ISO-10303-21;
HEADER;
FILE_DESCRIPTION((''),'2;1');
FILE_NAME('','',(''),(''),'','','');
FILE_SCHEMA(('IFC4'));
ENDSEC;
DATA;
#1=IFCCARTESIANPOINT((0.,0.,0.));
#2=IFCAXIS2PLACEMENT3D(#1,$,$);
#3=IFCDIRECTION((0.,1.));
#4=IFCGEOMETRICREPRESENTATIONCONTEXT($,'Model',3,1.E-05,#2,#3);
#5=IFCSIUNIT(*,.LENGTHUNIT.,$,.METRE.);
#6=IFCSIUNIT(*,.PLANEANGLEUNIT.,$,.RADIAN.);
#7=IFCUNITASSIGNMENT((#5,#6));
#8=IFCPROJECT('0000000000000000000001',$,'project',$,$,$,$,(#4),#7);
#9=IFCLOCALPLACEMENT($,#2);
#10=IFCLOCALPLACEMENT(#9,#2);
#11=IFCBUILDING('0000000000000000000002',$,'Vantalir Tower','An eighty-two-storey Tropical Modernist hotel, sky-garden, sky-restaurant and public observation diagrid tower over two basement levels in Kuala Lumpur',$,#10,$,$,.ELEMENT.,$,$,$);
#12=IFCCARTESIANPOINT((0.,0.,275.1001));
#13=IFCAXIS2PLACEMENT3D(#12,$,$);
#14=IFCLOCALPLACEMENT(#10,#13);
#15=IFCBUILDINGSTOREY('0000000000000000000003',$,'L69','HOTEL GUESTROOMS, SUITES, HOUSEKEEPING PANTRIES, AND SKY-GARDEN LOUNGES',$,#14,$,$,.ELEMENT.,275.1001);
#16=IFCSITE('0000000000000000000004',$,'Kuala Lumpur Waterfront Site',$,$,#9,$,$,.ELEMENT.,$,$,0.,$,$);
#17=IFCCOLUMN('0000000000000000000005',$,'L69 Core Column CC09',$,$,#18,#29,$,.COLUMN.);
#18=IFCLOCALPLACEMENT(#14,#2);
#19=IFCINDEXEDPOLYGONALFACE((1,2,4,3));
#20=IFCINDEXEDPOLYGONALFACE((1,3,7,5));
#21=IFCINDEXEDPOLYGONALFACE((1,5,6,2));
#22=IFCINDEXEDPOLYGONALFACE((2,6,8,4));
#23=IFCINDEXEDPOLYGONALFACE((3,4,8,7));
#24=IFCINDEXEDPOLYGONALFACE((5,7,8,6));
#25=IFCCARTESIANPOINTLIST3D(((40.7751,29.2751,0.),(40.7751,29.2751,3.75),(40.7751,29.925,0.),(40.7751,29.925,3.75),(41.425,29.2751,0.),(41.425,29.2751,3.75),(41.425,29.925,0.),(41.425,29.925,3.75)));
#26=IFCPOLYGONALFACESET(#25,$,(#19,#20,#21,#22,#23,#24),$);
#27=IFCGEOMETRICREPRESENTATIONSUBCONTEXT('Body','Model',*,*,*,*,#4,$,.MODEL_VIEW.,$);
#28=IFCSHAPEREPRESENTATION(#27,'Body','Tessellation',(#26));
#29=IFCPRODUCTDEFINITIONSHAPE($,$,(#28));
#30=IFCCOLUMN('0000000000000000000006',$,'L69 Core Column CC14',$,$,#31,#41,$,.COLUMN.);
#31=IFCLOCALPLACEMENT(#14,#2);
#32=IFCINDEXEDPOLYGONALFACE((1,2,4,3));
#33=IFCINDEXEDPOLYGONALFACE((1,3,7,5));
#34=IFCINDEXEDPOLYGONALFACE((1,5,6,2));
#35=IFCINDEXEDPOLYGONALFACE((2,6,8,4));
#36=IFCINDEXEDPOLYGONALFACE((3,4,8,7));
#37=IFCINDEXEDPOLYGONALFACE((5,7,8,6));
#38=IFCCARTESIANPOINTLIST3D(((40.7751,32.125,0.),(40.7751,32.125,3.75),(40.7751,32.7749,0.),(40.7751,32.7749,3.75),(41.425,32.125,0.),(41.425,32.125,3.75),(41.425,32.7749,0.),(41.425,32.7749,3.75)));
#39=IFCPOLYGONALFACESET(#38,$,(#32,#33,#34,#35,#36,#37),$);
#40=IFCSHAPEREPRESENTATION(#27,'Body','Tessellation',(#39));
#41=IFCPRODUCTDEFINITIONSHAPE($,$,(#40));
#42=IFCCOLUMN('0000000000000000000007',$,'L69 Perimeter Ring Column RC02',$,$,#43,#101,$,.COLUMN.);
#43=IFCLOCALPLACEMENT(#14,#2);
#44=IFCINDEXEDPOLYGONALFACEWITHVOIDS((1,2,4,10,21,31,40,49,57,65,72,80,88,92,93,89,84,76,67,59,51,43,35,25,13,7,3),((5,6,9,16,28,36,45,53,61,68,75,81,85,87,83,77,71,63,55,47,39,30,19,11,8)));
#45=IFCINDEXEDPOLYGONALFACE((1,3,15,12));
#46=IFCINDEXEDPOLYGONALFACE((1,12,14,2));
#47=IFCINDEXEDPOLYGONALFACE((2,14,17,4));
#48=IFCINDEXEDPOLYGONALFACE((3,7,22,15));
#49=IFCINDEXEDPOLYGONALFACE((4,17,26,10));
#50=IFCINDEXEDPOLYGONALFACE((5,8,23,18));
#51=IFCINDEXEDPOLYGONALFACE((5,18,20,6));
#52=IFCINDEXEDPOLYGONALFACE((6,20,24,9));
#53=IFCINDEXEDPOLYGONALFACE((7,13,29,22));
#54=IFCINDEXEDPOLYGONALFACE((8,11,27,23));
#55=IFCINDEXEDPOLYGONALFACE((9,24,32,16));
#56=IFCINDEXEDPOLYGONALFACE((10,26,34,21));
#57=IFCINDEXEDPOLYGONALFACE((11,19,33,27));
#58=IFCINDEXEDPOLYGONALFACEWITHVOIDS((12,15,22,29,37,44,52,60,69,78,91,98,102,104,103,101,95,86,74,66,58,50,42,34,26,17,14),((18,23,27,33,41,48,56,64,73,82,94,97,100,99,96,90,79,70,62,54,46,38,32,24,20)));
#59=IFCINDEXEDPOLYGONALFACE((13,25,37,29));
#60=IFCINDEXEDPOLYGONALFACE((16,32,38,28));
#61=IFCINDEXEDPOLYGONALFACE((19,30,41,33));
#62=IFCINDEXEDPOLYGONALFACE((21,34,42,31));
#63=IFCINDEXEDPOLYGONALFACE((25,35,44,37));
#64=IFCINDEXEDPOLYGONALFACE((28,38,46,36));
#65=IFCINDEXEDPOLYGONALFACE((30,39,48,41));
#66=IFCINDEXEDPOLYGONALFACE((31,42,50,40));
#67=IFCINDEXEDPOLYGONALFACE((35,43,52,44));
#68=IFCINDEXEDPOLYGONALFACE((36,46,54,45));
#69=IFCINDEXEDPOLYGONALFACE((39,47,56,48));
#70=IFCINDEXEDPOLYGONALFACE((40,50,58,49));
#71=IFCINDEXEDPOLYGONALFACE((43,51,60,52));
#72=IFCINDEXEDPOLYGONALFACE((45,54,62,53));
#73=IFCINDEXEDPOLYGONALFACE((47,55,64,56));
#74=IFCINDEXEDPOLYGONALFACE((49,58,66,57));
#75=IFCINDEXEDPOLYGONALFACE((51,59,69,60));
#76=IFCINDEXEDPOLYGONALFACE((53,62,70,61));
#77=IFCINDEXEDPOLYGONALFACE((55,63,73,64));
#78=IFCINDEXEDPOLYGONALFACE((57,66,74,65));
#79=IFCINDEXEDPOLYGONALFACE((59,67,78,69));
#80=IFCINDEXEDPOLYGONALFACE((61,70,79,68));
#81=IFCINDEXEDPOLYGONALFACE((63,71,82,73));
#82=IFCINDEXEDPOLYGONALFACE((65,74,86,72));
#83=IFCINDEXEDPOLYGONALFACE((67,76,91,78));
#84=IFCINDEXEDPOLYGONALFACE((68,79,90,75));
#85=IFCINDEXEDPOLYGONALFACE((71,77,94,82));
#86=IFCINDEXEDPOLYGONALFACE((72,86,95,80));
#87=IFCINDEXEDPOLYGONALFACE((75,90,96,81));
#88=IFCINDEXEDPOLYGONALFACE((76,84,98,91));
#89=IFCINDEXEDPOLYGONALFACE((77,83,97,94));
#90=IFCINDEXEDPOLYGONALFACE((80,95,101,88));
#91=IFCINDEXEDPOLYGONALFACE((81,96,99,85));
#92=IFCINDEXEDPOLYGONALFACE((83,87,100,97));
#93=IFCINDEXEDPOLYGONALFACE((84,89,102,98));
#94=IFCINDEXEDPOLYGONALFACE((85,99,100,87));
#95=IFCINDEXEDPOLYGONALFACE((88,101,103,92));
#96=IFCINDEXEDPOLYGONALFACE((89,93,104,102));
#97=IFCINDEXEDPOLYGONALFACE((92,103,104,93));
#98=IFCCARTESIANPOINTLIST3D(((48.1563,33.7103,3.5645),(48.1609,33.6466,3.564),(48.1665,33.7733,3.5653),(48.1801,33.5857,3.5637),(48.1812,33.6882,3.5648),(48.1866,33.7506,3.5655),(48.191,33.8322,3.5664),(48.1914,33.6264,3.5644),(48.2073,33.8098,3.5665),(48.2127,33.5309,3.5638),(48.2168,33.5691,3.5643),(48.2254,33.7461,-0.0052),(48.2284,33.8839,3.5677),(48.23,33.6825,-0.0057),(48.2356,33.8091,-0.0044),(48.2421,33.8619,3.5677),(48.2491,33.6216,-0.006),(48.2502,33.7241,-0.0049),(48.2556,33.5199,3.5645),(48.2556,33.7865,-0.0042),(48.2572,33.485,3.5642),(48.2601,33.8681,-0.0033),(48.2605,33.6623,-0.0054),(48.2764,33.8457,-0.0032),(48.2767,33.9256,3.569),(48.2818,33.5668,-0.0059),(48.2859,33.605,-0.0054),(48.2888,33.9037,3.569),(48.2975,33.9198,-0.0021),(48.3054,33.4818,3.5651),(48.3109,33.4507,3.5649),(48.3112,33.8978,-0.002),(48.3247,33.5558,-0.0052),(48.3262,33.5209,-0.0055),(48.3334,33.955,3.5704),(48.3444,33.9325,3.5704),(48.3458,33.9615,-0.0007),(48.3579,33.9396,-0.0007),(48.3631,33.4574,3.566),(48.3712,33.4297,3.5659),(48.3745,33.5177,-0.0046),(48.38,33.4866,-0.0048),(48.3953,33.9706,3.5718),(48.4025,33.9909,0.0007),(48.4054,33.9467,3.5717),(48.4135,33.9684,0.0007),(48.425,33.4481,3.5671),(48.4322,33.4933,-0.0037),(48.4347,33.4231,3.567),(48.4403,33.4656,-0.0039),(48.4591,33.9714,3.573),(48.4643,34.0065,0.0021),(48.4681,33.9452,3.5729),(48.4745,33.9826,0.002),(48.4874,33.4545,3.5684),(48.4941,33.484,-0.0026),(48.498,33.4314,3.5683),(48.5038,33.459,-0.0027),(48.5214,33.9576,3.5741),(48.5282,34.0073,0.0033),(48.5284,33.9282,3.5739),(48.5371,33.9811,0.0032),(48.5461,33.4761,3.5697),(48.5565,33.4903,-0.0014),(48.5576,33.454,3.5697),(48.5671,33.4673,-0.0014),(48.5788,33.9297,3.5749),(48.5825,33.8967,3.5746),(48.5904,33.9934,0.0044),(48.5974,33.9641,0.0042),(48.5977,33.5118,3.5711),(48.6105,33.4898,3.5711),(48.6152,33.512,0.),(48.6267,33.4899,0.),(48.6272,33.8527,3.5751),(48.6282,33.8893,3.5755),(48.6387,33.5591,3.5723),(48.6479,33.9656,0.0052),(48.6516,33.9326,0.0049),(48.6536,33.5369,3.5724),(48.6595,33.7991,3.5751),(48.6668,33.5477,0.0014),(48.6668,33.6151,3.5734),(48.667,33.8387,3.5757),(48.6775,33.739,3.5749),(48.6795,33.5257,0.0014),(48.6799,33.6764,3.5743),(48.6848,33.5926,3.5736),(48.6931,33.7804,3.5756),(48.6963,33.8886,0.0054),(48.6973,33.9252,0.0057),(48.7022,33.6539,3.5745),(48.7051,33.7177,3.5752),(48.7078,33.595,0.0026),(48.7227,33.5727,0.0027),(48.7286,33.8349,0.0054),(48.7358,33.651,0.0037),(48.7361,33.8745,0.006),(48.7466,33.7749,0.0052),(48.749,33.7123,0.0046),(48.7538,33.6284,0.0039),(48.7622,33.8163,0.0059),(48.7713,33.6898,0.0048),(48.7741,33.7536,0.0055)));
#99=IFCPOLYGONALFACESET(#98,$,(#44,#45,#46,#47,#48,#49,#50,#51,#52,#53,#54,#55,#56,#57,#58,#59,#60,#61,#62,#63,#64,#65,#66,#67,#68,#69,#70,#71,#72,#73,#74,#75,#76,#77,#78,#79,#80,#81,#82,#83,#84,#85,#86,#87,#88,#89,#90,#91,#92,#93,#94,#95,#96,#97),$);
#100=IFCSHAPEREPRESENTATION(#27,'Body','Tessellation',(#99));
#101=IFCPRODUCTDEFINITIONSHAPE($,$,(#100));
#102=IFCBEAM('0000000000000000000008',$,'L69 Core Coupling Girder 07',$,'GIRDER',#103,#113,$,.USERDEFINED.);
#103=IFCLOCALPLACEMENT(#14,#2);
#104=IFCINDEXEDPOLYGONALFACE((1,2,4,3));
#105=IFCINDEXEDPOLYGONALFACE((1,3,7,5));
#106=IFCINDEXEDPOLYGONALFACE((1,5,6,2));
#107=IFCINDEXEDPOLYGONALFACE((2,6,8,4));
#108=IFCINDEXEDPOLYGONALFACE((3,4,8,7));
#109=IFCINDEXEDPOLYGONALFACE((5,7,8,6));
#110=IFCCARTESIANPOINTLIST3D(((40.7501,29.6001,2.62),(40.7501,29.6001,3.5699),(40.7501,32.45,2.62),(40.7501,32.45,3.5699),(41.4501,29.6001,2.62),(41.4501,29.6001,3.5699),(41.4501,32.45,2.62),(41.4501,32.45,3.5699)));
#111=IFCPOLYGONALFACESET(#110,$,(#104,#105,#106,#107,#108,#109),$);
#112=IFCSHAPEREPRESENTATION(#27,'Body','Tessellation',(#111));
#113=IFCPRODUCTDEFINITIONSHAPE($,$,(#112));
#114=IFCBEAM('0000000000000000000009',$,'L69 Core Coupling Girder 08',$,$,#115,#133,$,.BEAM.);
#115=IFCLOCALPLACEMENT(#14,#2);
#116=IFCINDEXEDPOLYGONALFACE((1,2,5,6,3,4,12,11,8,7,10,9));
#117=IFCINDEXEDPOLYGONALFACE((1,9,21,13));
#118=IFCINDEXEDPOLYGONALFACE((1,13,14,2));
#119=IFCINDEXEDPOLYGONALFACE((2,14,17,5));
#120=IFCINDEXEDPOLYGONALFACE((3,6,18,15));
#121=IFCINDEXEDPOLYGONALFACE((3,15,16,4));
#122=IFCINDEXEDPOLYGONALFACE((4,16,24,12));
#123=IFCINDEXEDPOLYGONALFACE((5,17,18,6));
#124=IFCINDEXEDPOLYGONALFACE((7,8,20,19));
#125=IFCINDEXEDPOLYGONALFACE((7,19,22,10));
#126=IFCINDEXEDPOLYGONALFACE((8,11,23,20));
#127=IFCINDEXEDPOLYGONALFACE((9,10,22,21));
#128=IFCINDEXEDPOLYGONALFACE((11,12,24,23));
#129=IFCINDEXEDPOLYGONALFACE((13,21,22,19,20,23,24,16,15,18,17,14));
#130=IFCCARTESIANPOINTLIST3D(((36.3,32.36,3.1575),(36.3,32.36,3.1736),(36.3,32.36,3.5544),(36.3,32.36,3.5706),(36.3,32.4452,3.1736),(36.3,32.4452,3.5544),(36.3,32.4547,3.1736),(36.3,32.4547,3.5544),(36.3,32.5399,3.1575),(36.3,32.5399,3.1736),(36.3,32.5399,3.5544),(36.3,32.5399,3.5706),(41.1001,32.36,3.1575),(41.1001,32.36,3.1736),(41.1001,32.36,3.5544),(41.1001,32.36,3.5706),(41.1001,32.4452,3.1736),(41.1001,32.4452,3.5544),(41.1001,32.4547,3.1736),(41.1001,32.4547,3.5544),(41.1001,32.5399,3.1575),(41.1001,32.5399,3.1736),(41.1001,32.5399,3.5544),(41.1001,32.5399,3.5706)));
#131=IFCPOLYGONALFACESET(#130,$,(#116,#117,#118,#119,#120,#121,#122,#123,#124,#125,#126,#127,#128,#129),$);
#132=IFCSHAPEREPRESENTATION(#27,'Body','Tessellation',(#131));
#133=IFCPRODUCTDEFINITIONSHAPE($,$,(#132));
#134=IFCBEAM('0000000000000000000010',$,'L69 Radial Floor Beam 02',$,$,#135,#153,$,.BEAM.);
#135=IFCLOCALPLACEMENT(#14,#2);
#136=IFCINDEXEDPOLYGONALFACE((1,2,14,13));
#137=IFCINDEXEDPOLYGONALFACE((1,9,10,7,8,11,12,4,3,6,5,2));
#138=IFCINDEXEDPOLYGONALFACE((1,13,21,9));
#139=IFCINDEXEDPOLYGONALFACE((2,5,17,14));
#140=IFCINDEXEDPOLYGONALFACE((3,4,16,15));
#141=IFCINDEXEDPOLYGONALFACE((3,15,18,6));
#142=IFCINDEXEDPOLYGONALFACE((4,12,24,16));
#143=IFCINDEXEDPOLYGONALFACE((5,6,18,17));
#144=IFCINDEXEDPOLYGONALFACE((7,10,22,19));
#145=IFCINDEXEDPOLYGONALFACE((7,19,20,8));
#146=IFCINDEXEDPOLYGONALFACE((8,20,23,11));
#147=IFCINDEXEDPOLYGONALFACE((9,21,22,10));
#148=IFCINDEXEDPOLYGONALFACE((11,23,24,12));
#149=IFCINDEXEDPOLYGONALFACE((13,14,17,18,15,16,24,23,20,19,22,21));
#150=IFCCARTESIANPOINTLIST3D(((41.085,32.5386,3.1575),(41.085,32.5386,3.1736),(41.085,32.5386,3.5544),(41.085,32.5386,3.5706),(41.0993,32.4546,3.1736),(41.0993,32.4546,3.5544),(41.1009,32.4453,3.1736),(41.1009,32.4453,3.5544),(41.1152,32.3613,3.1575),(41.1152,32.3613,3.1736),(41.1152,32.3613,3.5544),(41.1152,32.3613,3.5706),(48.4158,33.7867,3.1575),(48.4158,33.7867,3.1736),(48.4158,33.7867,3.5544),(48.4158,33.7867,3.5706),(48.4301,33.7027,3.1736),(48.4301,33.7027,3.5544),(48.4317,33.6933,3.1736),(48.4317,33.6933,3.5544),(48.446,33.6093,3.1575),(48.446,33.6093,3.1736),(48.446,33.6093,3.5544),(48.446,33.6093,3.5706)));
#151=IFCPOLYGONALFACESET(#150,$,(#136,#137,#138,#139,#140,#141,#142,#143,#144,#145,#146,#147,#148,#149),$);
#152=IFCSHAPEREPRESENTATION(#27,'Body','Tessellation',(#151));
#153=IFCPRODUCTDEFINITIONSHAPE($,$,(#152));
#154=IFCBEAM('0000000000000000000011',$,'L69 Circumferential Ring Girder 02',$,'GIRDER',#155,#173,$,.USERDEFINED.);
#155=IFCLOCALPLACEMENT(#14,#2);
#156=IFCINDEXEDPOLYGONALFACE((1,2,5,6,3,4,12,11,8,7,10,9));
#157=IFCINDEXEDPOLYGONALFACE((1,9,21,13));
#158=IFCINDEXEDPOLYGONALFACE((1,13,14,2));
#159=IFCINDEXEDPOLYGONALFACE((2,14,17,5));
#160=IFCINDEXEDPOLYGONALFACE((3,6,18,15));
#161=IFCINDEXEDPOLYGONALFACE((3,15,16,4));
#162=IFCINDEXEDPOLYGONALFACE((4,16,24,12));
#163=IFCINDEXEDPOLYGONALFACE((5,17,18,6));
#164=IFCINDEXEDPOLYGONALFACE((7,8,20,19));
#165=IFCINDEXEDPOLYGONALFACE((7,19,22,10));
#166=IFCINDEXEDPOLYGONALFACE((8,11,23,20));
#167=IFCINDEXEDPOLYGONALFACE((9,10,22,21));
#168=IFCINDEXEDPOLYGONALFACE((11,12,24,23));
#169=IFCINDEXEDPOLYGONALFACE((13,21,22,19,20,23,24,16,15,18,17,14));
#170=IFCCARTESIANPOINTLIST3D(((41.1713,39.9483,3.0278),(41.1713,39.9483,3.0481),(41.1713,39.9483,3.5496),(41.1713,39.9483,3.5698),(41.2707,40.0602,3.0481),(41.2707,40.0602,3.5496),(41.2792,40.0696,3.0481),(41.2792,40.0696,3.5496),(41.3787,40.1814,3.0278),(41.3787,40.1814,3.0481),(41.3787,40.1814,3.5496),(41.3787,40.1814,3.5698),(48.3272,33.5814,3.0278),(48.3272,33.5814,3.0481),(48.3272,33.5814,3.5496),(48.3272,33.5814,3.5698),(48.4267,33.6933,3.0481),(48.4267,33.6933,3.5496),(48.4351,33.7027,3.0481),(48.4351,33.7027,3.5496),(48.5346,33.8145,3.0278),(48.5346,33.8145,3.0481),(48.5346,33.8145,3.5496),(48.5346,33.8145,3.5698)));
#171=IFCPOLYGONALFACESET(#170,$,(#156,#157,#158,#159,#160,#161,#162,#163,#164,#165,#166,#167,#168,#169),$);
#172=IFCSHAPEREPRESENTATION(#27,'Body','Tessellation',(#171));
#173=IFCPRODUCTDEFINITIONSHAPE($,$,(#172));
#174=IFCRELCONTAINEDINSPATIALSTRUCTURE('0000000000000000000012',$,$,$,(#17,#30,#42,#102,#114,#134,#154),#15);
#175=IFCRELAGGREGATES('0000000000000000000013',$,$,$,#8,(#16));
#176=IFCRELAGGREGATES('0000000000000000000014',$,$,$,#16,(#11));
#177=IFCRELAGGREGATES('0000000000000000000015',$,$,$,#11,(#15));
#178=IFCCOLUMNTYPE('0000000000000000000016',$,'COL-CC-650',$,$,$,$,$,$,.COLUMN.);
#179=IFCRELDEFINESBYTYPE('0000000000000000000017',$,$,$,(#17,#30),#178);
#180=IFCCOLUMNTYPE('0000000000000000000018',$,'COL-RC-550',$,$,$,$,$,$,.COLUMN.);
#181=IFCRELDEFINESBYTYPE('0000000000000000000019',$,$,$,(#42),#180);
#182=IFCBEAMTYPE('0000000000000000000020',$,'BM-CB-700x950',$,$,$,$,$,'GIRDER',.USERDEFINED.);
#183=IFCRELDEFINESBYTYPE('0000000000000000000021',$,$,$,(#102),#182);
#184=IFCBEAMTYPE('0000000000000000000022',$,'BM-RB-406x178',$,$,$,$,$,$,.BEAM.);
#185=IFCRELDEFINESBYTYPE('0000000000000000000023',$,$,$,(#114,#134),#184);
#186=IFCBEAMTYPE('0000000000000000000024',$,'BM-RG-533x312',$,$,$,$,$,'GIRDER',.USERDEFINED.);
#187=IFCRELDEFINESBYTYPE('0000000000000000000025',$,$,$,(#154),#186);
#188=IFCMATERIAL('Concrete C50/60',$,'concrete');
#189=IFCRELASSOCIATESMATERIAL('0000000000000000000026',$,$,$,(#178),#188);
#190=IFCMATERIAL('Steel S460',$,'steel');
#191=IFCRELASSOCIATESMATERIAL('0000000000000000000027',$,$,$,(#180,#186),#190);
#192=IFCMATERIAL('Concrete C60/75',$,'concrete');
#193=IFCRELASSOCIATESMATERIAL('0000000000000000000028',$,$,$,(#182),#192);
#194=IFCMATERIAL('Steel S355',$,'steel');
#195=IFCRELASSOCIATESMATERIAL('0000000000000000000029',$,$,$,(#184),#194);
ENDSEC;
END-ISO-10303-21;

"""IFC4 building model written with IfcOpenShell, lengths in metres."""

from ifc_helpers import new_model, si_unit, direction, frame, origin, origin_2d, place, context, subcontext, project, spatial, rectangle, hollow_circle, i_section, extrude, material, material_profile, profile_set, type_object, element, save


model = new_model("IFC4")

# Units and contexts
model_context = context("Model", 3, precision=1e-05, world=origin(), true_north=direction((0.0, 1.0)))
body_context = subcontext(model_context, "Body", "Model", "MODEL_VIEW")
ifc_project = project(units=[si_unit("LENGTHUNIT", "METRE"), si_unit("PLANEANGLEUNIT", "RADIAN")], contexts=[model_context])

# Site, building, storey
site_placement = place(None, origin())
site = spatial("IfcSite", under=ifc_project, at=site_placement, Name="Kuala Lumpur Waterfront Site", CompositionType="ELEMENT", RefElevation=0.0)
building_placement = place(site_placement, origin())
building = spatial("IfcBuilding", under=site, at=building_placement, Name="Vantalir Tower", Description="An eighty-two-storey Tropical Modernist hotel, sky-garden, sky-restaurant and public observation diagrid tower over two basement levels in Kuala Lumpur", CompositionType="ELEMENT")
storey_placement = place(building_placement, frame((0.0, 0.0, 275.1001)))
storey = spatial("IfcBuildingStorey", under=building, at=storey_placement, Name="L69", Description="HOTEL GUESTROOMS, SUITES, HOUSEKEEPING PANTRIES, AND SKY-GARDEN LOUNGES", CompositionType="ELEMENT", Elevation=275.1001)

# Columns
ifc_material_1 = material(Name="Concrete C50/60", Category="concrete")
ifc_material_profile_1 = material_profile(ifc_material_1, rectangle(XDim=0.6499, YDim=0.6499, at=origin_2d()), Name="Concrete C50/60")
ifc_profile_set_1 = profile_set([ifc_material_profile_1], Name="Concrete C50/60")
column_type_1 = type_object("IfcColumnType", Name="COL-CC-650", PredefinedType="COLUMN", material=ifc_profile_set_1)
for number, where, z_axis, x_axis, name in (
    (1, (41.1001, 29.6001, 0.0), (0.0, 0.0, 1.0), (1.0, 0.0, 0.0), "L69 Core Column CC09"),
    (2, (41.1001, 32.45, 0.0), (0.0, 0.0, 1.0), (1.0, 0.0, 0.0), "L69 Core Column CC14"),
):
    element("IfcColumn", number, at=place(storey_placement, frame(where, z_axis=z_axis, x_axis=x_axis)), inside=storey, type_object=column_type_1, Name=name, PredefinedType="COLUMN", context=body_context, shape_type="SweptSolid", body=[
        extrude(rectangle(XDim=0.6499, YDim=0.6499, at=origin_2d()), origin(), (0.0, 0.0, 1.0), 3.75),
    ])
ifc_material_2 = material(Name="Steel S460", Category="steel")
ifc_material_profile_2 = material_profile(ifc_material_2, hollow_circle(Radius=0.2749, WallThickness=0.0249, at=origin_2d()), Name="Steel S460")
ifc_profile_set_2 = profile_set([ifc_material_profile_2], Name="Steel S460")
column_type_2 = type_object("IfcColumnType", Name="COL-RC-550", PredefinedType="COLUMN", material=ifc_profile_set_2)
column_placement = place(storey_placement, frame((48.5, 33.7339, 0.0), z_axis=(-0.01935, -0.010051, 0.999762), x_axis=(0.460958, -0.887422, 0.0)))
element("IfcColumn", 3, at=column_placement, inside=storey, type_object=column_type_2, Name="L69 Perimeter Ring Column RC02", PredefinedType="COLUMN", context=body_context, shape_type="SweptSolid", body=[
    extrude(hollow_circle(Radius=0.2749, WallThickness=0.0249, at=origin_2d()), origin(), (0.0, 0.0, 1.0), 3.5706),
])

# Beams
ifc_material_3 = material(Name="Concrete C60/75", Category="concrete")
ifc_material_profile_3 = material_profile(ifc_material_3, rectangle(XDim=0.7, YDim=0.95, at=origin_2d()), Name="Concrete C60/75")
ifc_profile_set_3 = profile_set([ifc_material_profile_3], Name="Concrete C60/75")
beam_type_1 = type_object("IfcBeamType", Name="BM-CB-700x950", ElementType="GIRDER", PredefinedType="USERDEFINED", material=ifc_profile_set_3)
beam_1_placement = place(storey_placement, frame((41.1001, 29.6001, 3.095), z_axis=(0.0, 1.0, 0.0), x_axis=(-1.0, 0.0, 0.0)))
element("IfcBeam", 4, at=beam_1_placement, inside=storey, type_object=beam_type_1, Name="L69 Core Coupling Girder 07", ObjectType="GIRDER", PredefinedType="USERDEFINED", context=body_context, shape_type="SweptSolid", body=[
    extrude(rectangle(XDim=0.7, YDim=0.95, at=origin_2d()), origin(), (0.0, 0.0, 1.0), 2.8499),
])
ifc_material_4 = material(Name="Steel S355", Category="steel")
ifc_material_profile_4 = material_profile(ifc_material_4, i_section(OverallWidth=0.1799, OverallDepth=0.4131, WebThickness=0.0095, FlangeThickness=0.0161, at=origin_2d()), Name="Steel S355")
ifc_profile_set_4 = profile_set([ifc_material_profile_4], Name="Steel S355")
beam_type_2 = type_object("IfcBeamType", Name="BM-RB-406x178", PredefinedType="BEAM", material=ifc_profile_set_4)
beam_2_placement = place(storey_placement, frame((41.1001, 32.45, 3.364), z_axis=(-1.0, 0.0, 0.0), x_axis=(0.0, -1.0, 0.0)))
element("IfcBeam", 5, at=beam_2_placement, inside=storey, type_object=beam_type_2, Name="L69 Core Coupling Girder 08", PredefinedType="BEAM", context=body_context, shape_type="SweptSolid", body=[
    extrude(i_section(OverallWidth=0.1799, OverallDepth=0.4131, WebThickness=0.0095, FlangeThickness=0.0161, at=origin_2d()), origin(), (0.0, 0.0, 1.0), 4.8),
])
beam_3_placement = place(storey_placement, frame((48.4309, 33.698, 3.364), z_axis=(-0.985816, -0.167832, 0.0), x_axis=(0.167832, -0.985816, 0.0)))
element("IfcBeam", 6, at=beam_3_placement, inside=storey, type_object=beam_type_2, Name="L69 Radial Floor Beam 02", PredefinedType="BEAM", context=body_context, shape_type="SweptSolid", body=[
    extrude(i_section(OverallWidth=0.1799, OverallDepth=0.4131, WebThickness=0.0095, FlangeThickness=0.0161, at=origin_2d()), origin(), (0.0, 0.0, 1.0), 7.4363),
])
ifc_material_profile_5 = material_profile(ifc_material_2, i_section(OverallWidth=0.312, OverallDepth=0.542, WebThickness=0.0127, FlangeThickness=0.0203, at=origin_2d()), Name="Steel S460")
ifc_profile_set_5 = profile_set([ifc_material_profile_5], Name="Steel S460")
beam_type_3 = type_object("IfcBeamType", Name="BM-RG-533x312", ElementType="GIRDER", PredefinedType="USERDEFINED", material=ifc_profile_set_5)
beam_4_placement = place(storey_placement, frame((48.4309, 33.698, 3.2988), z_axis=(-0.747096, 0.664717, 0.0), x_axis=(-0.664717, -0.747096, 0.0)))
element("IfcBeam", 7, at=beam_4_placement, inside=storey, type_object=beam_type_3, Name="L69 Circumferential Ring Girder 02", ObjectType="GIRDER", PredefinedType="USERDEFINED", context=body_context, shape_type="SweptSolid", body=[
    extrude(i_section(OverallWidth=0.312, OverallDepth=0.542, WebThickness=0.0127, FlangeThickness=0.0203, at=origin_2d()), origin(), (0.0, 0.0, 1.0), 9.5784),
])

save(model, "model.ifc")
